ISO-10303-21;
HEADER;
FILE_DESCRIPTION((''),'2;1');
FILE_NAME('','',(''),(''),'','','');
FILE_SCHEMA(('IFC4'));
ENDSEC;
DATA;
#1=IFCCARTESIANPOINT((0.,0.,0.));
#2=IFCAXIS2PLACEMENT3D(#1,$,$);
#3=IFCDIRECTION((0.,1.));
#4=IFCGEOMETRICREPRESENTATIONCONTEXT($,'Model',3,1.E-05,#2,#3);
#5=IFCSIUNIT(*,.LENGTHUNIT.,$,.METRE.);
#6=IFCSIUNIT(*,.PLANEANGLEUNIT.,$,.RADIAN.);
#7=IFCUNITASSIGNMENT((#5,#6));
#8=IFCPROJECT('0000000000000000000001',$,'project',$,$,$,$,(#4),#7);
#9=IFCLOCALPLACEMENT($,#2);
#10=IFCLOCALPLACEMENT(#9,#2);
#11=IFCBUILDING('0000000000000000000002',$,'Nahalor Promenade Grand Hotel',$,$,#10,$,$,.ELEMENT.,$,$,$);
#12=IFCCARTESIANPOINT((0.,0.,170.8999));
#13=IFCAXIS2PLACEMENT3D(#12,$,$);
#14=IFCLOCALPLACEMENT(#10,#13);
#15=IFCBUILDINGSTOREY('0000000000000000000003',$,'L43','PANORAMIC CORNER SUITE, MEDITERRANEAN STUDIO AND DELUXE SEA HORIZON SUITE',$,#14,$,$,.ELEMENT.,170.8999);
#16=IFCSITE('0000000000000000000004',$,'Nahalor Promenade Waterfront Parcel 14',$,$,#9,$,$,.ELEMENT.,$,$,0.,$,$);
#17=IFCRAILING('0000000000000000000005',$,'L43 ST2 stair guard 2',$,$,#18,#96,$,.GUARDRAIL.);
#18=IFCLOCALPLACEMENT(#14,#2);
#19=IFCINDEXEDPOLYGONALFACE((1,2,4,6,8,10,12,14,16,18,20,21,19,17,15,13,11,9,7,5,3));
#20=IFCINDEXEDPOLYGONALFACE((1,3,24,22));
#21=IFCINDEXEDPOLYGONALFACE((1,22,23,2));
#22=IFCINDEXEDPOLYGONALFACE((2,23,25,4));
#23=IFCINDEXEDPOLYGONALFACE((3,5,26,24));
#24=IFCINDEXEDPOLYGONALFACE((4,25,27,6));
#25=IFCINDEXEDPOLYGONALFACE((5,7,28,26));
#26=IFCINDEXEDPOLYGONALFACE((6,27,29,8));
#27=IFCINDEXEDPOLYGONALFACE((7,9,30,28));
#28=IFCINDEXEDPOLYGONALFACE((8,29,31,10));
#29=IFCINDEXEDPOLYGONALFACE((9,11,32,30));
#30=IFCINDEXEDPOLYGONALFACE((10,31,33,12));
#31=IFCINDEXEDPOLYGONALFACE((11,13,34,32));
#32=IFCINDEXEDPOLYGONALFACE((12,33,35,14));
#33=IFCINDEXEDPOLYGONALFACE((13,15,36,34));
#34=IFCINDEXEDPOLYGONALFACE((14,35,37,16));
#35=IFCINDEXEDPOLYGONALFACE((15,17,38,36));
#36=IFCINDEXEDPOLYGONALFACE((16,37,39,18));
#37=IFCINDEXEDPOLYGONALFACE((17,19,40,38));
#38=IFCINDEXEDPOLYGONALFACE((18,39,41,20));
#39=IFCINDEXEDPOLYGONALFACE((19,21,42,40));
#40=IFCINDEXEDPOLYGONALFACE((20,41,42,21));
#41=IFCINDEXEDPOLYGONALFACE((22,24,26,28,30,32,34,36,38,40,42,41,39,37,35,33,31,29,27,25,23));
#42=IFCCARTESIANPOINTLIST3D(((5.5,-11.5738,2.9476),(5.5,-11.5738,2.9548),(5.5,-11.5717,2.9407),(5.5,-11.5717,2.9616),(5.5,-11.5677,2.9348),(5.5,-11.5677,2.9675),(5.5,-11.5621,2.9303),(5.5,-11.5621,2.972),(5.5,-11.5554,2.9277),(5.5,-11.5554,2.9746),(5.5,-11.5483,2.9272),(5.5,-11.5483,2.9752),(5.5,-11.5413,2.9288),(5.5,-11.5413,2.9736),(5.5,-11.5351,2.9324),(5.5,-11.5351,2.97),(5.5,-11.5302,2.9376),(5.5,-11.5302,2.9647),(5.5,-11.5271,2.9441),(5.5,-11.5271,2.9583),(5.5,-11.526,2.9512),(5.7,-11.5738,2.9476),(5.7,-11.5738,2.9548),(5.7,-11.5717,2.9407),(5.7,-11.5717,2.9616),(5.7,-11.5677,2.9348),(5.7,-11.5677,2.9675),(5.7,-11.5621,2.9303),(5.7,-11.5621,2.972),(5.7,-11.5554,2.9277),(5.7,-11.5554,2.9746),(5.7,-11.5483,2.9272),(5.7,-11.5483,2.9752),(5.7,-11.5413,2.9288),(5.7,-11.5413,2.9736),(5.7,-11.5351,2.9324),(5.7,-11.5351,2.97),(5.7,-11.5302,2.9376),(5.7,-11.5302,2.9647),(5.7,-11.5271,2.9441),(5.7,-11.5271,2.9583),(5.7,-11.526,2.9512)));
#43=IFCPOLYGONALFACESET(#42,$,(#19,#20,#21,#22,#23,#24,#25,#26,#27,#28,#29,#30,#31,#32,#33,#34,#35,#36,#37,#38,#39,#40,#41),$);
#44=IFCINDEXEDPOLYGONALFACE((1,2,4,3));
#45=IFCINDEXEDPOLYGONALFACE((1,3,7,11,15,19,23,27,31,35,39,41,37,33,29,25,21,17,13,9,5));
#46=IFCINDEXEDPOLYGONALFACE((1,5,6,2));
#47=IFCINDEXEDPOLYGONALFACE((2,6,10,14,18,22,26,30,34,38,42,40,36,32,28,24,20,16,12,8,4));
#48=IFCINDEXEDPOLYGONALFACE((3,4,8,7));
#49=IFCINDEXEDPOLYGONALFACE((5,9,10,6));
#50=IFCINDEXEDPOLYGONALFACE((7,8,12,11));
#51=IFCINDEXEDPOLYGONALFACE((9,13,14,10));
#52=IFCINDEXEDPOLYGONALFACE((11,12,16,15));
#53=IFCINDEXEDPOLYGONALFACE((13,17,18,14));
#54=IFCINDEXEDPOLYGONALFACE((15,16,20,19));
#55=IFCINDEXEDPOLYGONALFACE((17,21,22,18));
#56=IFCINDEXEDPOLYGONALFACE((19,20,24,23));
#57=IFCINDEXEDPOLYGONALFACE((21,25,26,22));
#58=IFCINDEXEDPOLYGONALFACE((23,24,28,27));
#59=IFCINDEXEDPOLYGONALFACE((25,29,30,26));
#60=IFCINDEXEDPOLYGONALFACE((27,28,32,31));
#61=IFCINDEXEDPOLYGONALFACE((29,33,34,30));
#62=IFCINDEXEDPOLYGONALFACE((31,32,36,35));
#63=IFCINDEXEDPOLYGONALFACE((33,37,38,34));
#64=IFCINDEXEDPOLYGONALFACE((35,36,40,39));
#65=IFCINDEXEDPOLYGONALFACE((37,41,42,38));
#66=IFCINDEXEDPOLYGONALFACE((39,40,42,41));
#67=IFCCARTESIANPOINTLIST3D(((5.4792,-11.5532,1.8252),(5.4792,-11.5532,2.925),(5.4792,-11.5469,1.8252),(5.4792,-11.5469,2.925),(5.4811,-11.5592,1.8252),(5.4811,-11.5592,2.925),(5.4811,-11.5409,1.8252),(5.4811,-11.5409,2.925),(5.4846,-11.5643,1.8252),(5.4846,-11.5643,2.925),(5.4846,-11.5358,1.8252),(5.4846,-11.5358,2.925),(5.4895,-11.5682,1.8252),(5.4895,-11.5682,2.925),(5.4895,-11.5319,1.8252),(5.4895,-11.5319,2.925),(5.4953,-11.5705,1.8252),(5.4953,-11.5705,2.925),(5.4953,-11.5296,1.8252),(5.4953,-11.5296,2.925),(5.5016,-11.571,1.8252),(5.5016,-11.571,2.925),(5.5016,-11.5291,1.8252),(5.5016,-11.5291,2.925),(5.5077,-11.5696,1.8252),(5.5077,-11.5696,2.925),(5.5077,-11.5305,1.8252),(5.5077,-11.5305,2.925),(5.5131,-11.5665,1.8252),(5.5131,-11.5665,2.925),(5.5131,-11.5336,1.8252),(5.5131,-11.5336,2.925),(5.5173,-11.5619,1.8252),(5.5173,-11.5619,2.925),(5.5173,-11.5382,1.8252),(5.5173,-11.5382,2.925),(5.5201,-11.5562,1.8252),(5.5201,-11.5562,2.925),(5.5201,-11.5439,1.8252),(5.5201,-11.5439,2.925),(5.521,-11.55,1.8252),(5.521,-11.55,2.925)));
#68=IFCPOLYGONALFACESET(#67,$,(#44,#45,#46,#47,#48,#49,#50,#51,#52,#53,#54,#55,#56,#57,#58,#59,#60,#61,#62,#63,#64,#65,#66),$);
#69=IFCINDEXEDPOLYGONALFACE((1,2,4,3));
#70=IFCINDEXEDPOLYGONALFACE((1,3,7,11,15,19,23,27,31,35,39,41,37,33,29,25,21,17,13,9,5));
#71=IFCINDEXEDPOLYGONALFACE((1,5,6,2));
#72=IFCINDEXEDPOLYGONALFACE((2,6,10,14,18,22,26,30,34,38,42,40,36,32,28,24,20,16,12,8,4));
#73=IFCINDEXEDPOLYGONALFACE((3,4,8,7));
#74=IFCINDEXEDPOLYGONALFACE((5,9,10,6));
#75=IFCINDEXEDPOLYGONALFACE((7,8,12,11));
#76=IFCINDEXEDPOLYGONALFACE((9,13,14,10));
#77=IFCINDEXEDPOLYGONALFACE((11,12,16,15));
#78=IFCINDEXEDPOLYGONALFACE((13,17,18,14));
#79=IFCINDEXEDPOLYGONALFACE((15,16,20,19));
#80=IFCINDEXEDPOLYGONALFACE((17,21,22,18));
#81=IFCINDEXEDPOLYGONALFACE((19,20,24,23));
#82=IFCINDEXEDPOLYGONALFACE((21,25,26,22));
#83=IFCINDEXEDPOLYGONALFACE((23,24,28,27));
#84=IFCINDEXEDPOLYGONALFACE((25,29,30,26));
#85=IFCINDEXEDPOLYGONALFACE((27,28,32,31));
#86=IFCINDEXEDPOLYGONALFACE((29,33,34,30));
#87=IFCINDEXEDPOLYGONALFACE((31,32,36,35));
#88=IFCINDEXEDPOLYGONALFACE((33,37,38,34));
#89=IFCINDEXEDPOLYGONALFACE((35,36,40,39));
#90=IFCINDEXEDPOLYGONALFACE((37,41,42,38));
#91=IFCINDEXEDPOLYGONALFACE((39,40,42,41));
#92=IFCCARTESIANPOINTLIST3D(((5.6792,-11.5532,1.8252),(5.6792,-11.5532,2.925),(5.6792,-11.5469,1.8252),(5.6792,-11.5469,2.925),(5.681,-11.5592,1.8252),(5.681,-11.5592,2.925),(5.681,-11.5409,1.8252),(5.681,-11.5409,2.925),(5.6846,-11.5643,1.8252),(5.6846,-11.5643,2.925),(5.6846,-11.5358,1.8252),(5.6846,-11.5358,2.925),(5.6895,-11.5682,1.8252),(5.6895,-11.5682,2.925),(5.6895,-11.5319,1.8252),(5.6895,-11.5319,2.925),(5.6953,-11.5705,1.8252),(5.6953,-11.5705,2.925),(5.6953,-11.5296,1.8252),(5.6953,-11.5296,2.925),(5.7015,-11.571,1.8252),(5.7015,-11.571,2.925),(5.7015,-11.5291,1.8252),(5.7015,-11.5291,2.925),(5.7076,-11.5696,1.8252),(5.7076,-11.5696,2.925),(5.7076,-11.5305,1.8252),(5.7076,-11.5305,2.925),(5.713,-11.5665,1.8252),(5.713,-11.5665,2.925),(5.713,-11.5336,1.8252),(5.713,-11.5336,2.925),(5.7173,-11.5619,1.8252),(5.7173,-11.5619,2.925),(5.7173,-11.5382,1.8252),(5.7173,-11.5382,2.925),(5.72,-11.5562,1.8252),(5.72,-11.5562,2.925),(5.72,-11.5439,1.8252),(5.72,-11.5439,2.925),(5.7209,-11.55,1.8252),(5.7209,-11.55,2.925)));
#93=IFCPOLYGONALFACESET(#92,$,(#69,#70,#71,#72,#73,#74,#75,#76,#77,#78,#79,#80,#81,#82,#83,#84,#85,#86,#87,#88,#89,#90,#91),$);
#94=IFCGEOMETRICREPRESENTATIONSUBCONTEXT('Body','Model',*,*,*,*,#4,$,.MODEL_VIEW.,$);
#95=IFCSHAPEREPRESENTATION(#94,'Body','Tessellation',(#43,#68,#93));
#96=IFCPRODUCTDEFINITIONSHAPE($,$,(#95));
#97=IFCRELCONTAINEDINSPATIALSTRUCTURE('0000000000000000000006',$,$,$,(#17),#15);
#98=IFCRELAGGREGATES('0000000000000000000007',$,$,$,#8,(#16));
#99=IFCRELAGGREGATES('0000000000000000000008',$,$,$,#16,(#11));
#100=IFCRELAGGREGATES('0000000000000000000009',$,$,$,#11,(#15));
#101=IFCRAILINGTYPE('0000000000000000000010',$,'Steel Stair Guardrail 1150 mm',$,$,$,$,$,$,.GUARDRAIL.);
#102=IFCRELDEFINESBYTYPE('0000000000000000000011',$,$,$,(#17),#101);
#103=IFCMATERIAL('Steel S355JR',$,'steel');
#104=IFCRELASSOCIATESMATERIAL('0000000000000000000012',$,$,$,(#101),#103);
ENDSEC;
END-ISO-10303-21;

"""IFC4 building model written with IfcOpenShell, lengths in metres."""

from ifc_helpers import new_model, si_unit, direction, frame, origin, origin_2d, place, context, subcontext, project, spatial, circle, extrude, material, type_object, element, save


model = new_model("IFC4")

# Units and contexts
model_context = context("Model", 3, precision=1e-05, world=origin(), true_north=direction((0.0, 1.0)))
body_context = subcontext(model_context, "Body", "Model", "MODEL_VIEW")
ifc_project = project(units=[si_unit("LENGTHUNIT", "METRE"), si_unit("PLANEANGLEUNIT", "RADIAN")], contexts=[model_context])

# Site, building, storey
site_placement = place(None, origin())
site = spatial("IfcSite", under=ifc_project, at=site_placement, Name="Nahalor Promenade Waterfront Parcel 14", CompositionType="ELEMENT", RefElevation=0.0)
building_placement = place(site_placement, origin())
building = spatial("IfcBuilding", under=site, at=building_placement, Name="Nahalor Promenade Grand Hotel", CompositionType="ELEMENT")
storey_placement = place(building_placement, frame((0.0, 0.0, 170.8999)))
storey = spatial("IfcBuildingStorey", under=building, at=storey_placement, Name="L43", Description="PANORAMIC CORNER SUITE, MEDITERRANEAN STUDIO AND DELUXE SEA HORIZON SUITE", CompositionType="ELEMENT", Elevation=170.8999)

# Shared definitions
ifc_material_1 = material(Name="Steel S355JR", Category="steel")

# Railing
railing_type_1 = type_object("IfcRailingType", Name="Steel Stair Guardrail 1150 mm", PredefinedType="GUARDRAIL", material=ifc_material_1)
railing_1_placement = place(storey_placement, frame((5.5, -11.55, 1.8252)))
element("IfcRailing", 1, at=railing_1_placement, inside=storey, type_object=railing_type_1, Name="L43 ST2 stair guard 2", PredefinedType="GUARDRAIL", context=body_context, shape_type="SweptSolid", body=[
    extrude(circle(Radius=0.024, at=origin_2d()), frame((0.0, 0.0, 1.126), z_axis=(1.0, 0.0, 0.0), x_axis=(0.0, 1.0, 0.0)), (0.0, 0.0, 1.0), 0.2),
    extrude(circle(Radius=0.021, at=origin_2d()), origin(), (0.0, 0.0, 1.0), 1.0999),
    extrude(circle(Radius=0.021, at=origin_2d()), frame((0.2, 0.0, 0.0)), (0.0, 0.0, 1.0), 1.0999),
])

save(model, "model.ifc")
